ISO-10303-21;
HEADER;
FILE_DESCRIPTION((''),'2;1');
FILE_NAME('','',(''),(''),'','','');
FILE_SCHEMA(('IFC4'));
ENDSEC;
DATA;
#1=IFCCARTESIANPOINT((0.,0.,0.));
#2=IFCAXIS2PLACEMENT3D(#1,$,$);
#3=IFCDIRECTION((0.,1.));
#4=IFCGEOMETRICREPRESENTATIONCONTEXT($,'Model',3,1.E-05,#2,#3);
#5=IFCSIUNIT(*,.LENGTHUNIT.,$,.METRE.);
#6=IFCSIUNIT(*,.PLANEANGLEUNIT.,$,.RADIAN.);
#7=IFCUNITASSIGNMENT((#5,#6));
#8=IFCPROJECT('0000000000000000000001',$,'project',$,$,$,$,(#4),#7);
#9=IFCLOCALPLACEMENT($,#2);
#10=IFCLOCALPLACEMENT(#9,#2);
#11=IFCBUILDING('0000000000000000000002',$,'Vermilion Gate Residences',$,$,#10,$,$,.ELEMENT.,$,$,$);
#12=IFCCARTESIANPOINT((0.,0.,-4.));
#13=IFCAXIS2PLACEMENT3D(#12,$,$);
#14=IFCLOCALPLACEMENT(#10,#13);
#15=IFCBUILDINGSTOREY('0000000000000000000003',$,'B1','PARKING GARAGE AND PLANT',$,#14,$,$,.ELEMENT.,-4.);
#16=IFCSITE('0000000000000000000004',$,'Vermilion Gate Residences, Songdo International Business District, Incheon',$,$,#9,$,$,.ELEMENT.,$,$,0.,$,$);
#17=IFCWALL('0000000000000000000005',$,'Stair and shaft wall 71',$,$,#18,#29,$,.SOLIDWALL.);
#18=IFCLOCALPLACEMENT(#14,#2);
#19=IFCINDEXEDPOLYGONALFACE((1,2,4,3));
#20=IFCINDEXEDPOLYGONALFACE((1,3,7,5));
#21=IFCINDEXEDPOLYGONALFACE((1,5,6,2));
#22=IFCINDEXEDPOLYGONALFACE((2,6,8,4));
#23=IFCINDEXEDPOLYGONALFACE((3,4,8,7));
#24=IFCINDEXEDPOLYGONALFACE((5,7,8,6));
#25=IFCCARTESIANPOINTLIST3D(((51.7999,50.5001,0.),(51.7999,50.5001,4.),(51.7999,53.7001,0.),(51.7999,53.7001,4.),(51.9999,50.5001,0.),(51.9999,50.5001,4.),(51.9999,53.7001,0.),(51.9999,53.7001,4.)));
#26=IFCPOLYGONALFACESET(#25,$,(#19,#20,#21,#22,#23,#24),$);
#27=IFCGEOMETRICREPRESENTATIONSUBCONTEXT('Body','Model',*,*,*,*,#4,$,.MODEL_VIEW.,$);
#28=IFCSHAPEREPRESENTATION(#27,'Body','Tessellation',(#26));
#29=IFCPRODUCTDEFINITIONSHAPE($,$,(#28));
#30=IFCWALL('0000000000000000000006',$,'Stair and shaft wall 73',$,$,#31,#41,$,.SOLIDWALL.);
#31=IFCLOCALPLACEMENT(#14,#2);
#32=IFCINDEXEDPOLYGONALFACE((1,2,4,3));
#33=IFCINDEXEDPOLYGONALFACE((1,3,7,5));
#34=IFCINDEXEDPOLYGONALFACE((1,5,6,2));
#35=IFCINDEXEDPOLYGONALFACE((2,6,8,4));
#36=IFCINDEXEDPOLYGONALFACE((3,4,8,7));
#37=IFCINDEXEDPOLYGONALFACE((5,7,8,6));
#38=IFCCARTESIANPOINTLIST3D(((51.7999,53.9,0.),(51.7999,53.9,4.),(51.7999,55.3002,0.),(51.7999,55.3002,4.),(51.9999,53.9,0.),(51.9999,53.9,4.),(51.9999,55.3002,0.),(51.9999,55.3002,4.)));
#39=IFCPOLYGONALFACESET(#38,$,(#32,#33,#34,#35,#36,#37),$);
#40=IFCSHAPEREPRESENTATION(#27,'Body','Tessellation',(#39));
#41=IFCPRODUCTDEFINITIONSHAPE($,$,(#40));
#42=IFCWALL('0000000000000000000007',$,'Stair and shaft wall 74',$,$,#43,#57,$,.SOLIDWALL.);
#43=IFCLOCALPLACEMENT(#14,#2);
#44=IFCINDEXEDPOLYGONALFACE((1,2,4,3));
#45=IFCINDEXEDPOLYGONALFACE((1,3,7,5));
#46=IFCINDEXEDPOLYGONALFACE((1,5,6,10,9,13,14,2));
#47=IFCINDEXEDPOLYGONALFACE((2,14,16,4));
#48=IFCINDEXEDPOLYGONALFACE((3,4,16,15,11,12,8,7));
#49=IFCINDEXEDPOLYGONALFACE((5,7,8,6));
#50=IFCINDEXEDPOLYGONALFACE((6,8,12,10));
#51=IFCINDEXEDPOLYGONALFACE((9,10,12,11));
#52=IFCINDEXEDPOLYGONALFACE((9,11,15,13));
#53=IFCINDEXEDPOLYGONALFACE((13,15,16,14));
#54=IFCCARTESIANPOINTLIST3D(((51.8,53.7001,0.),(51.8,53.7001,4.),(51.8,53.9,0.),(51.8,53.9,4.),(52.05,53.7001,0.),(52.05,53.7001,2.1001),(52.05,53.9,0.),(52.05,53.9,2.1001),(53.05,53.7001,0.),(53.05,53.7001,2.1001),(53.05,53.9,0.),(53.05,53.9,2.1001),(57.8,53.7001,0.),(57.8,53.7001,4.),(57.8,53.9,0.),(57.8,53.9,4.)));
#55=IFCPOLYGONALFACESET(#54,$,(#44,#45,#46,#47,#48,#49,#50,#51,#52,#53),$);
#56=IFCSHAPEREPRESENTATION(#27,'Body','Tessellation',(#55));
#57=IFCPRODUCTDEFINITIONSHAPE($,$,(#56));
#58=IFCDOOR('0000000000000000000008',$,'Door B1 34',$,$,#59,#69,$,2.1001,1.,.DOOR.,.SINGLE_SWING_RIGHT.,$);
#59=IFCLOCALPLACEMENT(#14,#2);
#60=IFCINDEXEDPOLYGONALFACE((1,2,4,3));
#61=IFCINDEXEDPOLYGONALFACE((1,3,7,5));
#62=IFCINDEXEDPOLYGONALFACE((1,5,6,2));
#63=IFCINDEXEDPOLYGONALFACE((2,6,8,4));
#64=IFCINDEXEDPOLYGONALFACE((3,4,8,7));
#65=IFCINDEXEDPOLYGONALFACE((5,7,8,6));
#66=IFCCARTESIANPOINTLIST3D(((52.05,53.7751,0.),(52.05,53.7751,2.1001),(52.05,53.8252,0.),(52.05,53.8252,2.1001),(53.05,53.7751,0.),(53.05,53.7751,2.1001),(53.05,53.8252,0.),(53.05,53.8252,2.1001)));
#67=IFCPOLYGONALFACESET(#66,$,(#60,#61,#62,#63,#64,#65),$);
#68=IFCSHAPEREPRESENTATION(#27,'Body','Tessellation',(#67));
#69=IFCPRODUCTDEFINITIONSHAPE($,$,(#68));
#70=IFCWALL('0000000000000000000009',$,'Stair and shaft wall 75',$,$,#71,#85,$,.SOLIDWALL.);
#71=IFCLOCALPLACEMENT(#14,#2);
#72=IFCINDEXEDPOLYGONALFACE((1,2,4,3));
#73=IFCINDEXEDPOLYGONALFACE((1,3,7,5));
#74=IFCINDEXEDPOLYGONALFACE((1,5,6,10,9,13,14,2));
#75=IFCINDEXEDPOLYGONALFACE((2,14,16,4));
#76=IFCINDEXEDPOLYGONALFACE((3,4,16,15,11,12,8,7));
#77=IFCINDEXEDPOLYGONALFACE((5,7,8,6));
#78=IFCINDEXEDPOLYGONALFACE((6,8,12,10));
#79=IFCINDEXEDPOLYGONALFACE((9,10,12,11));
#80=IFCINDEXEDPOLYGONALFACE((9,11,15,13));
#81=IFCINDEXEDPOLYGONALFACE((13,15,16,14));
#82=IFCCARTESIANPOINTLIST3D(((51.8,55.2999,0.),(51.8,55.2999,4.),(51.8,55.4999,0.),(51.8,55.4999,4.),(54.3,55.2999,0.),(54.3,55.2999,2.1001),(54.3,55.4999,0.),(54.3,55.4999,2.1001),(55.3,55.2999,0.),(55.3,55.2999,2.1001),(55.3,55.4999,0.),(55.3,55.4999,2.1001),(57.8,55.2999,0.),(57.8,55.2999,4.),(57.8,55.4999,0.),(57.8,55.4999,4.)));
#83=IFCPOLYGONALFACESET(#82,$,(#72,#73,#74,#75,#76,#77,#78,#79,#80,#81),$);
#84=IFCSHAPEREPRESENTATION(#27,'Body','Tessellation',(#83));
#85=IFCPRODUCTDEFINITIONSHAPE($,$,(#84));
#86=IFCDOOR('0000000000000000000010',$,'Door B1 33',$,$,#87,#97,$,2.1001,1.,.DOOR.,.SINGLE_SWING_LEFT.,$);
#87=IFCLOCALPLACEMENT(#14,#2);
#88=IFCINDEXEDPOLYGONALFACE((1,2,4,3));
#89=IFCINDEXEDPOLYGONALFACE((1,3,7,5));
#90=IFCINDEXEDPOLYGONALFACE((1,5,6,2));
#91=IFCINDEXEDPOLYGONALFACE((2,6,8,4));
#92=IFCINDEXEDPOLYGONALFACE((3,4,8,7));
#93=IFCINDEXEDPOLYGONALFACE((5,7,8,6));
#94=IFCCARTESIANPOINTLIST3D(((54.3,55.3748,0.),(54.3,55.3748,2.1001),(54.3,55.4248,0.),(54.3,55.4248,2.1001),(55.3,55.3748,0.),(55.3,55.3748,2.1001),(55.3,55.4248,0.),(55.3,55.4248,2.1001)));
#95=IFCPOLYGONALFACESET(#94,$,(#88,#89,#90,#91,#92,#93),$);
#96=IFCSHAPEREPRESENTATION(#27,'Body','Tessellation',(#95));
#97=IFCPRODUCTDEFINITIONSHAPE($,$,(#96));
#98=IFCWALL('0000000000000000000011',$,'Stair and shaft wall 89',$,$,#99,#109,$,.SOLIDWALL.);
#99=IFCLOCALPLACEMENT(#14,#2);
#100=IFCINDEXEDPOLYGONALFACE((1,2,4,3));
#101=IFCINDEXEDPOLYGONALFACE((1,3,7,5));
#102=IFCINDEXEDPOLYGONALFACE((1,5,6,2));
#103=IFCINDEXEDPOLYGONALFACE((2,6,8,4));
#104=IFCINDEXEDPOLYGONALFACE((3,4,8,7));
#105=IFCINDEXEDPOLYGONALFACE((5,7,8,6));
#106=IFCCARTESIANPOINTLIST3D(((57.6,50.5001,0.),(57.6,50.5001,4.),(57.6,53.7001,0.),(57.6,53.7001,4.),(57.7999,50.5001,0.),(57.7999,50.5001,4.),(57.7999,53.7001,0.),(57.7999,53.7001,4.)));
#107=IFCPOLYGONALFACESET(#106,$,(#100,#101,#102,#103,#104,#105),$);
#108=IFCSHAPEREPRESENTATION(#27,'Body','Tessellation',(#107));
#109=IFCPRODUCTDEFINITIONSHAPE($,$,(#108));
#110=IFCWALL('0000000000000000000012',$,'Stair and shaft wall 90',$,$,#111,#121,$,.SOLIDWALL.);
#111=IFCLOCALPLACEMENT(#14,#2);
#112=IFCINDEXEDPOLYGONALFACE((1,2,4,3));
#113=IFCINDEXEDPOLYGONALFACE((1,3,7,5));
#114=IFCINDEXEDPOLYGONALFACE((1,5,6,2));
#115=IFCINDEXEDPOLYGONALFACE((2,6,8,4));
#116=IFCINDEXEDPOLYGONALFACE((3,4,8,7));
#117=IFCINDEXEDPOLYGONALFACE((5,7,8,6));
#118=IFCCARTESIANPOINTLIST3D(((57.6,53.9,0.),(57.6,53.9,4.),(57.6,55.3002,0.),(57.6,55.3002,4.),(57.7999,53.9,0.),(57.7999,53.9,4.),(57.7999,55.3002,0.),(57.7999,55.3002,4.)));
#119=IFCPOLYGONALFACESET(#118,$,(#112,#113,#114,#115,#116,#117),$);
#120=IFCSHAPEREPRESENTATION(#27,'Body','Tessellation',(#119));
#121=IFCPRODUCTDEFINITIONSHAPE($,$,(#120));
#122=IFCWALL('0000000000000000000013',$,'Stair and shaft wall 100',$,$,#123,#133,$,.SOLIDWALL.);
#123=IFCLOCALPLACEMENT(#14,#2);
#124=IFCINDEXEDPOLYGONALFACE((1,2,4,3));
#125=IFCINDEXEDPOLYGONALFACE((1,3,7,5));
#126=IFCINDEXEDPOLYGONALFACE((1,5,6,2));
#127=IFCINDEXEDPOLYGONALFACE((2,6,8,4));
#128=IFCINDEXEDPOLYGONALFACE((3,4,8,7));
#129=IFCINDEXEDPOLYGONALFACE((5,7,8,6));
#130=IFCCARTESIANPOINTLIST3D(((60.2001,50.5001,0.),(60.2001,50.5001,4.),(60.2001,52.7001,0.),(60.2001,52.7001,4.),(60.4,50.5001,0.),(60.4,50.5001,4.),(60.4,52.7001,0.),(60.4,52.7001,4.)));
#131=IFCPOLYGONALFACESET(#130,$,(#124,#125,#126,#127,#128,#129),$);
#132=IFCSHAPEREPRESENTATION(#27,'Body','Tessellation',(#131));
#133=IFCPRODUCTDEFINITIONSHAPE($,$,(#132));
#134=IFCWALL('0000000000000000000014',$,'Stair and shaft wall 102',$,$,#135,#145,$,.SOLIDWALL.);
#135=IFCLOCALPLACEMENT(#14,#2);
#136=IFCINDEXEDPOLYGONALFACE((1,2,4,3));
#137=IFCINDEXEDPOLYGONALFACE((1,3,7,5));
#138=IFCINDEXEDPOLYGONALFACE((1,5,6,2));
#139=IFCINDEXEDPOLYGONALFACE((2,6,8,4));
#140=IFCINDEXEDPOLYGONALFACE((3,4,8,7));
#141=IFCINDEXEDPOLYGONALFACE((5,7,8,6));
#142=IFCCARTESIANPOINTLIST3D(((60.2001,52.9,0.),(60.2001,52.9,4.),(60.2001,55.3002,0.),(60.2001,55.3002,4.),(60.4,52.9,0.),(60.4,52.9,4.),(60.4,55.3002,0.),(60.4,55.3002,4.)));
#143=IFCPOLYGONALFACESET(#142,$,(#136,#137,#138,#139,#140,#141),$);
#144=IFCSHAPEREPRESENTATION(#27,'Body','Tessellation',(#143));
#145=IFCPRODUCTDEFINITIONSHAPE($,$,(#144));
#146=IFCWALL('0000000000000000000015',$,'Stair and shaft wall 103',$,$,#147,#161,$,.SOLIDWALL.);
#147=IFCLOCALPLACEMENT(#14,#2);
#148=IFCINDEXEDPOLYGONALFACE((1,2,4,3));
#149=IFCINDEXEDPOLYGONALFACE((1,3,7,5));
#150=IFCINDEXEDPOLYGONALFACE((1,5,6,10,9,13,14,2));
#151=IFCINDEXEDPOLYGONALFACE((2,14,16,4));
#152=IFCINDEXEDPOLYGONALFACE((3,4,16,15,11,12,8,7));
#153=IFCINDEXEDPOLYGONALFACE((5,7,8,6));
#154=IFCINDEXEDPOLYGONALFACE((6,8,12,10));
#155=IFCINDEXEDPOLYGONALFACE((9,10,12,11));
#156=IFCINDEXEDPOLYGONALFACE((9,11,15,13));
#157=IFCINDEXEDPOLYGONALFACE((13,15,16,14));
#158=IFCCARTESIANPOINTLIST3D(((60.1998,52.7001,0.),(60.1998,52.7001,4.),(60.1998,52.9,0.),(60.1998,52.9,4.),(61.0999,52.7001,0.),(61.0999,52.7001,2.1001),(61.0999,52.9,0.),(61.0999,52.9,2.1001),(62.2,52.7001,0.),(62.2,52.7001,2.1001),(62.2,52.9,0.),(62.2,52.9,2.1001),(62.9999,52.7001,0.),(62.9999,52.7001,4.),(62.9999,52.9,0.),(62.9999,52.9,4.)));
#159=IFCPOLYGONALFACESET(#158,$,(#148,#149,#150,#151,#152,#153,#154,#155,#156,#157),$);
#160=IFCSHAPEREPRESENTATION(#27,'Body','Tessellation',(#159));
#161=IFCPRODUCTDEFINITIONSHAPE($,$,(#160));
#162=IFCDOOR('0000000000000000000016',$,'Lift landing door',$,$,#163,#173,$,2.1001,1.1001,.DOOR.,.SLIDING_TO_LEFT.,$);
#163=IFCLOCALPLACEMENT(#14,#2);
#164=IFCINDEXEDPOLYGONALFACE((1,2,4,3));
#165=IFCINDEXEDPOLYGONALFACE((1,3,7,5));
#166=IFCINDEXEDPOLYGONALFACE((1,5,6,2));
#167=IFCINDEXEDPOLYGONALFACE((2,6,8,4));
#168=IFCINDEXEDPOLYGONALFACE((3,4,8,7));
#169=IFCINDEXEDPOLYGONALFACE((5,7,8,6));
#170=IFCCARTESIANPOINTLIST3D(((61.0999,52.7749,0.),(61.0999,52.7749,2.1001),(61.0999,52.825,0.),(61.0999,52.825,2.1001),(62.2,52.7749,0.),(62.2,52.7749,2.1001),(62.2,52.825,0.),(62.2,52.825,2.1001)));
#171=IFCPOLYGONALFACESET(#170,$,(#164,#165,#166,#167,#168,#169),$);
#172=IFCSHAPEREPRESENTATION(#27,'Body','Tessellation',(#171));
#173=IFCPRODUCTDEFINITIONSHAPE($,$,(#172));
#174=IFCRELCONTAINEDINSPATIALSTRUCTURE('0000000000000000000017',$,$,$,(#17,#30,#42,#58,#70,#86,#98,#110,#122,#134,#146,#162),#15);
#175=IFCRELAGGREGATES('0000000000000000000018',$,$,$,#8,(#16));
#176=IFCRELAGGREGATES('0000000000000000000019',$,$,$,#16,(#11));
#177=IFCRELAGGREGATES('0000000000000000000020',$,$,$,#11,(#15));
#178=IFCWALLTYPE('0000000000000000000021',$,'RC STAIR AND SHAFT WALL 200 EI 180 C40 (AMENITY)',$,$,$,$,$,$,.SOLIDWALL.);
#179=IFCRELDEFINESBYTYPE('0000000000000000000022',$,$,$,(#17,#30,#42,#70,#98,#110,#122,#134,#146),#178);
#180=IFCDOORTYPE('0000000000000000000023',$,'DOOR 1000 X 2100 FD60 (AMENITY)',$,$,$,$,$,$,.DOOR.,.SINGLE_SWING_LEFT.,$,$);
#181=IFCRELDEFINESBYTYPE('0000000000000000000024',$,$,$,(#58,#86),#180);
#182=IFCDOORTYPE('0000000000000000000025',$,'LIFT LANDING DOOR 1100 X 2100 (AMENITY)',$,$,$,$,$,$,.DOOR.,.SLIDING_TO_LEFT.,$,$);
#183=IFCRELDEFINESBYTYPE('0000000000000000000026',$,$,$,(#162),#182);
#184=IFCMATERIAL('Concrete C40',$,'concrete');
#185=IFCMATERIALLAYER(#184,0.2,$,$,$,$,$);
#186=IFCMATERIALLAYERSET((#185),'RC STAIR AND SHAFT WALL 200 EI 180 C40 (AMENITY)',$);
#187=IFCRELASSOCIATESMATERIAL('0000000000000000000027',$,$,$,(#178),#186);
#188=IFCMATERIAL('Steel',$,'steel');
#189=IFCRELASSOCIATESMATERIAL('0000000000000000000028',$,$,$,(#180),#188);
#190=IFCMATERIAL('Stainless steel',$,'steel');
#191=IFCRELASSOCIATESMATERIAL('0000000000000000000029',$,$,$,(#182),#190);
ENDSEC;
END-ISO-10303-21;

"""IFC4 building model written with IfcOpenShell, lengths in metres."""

from ifc_helpers import new_model, si_unit, direction, frame, frame_2d, origin, place, context, subcontext, project, spatial, rectangle, extrude, material, layer, layer_set, type_object, element, fill, save


model = new_model("IFC4")

# Units and contexts
model_context = context("Model", 3, precision=1e-05, world=origin(), true_north=direction((0.0, 1.0)))
body_context = subcontext(model_context, "Body", "Model", "MODEL_VIEW")
ifc_project = project(units=[si_unit("LENGTHUNIT", "METRE"), si_unit("PLANEANGLEUNIT", "RADIAN")], contexts=[model_context])

# Site, building, storey
site_placement = place(None, origin())
site = spatial("IfcSite", under=ifc_project, at=site_placement, Name="Vermilion Gate Residences, Songdo International Business District, Incheon", CompositionType="ELEMENT", RefElevation=0.0)
building_placement = place(site_placement, origin())
building = spatial("IfcBuilding", under=site, at=building_placement, Name="Vermilion Gate Residences", CompositionType="ELEMENT")
storey_placement = place(building_placement, frame((0.0, 0.0, -4.0)))
storey = spatial("IfcBuildingStorey", under=building, at=storey_placement, Name="B1", Description="PARKING GARAGE AND PLANT", CompositionType="ELEMENT", Elevation=-4.0)

# Walls
ifc_material_1 = material(Name="Concrete C40", Category="concrete")
ifc_layer = layer(ifc_material_1, 0.2)
ifc_layer_set = layer_set([ifc_layer], Name="RC STAIR AND SHAFT WALL 200 EI 180 C40 (AMENITY)")
wall_type = type_object("IfcWallType", Name="RC STAIR AND SHAFT WALL 200 EI 180 C40 (AMENITY)", PredefinedType="SOLIDWALL", material=ifc_layer_set)
wall_1_placement = place(storey_placement, frame((51.8999, 50.5, 0.0), z_axis=(0.0, 0.0, 1.0), x_axis=(0.0, 1.0, 0.0)))
element("IfcWall", 1, at=wall_1_placement, inside=storey, type_object=wall_type, Name="Stair and shaft wall 71", PredefinedType="SOLIDWALL", context=body_context, shape_type="SweptSolid", body=[
    extrude(rectangle(XDim=3.2, YDim=0.2, at=frame_2d((1.6001, 0.0))), origin(), (0.0, 0.0, 1.0), 4.0),
])
wall_2_placement = place(storey_placement, frame((51.8999, 53.8999, 0.0), z_axis=(0.0, 0.0, 1.0), x_axis=(0.0, 1.0, 0.0)))
element("IfcWall", 2, at=wall_2_placement, inside=storey, type_object=wall_type, Name="Stair and shaft wall 73", PredefinedType="SOLIDWALL", context=body_context, shape_type="SweptSolid", body=[
    extrude(rectangle(XDim=1.4001, YDim=0.2, at=frame_2d((0.7002, 0.0))), origin(), (0.0, 0.0, 1.0), 4.0),
])

# Walls, openings, doors
wall_3_placement = place(storey_placement, frame((51.8, 53.8, 0.0), z_axis=(0.0, 0.0, 1.0), x_axis=(1.0, 0.0, 0.0)))
wall_3 = element("IfcWall", 3, at=wall_3_placement, inside=storey, type_object=wall_type, Name="Stair and shaft wall 74", PredefinedType="SOLIDWALL", context=body_context, shape_type="SweptSolid", body=[
    extrude(rectangle(XDim=6.0, YDim=0.2, at=frame_2d((3.0, 0.0))), origin(), (0.0, 0.0, 1.0), 4.0),
])
opening_1_placement = place(wall_3_placement, frame((0.25, 0.0, 0.0)))
opening_1 = element("IfcOpeningElement", 4, at=opening_1_placement, cuts=wall_3, PredefinedType="OPENING", context=body_context, shape_type="SweptSolid", body=[
    extrude(rectangle(XDim=1.0, YDim=2.1001, at=frame_2d((0.5, 1.05))), frame((0.0, 0.1099, 0.0), z_axis=(0.0, -1.0, 0.0), x_axis=(1.0, 0.0, 0.0)), (0.0, 0.0, 1.0), 0.22),
])
ifc_material_2 = material(Name="Steel", Category="steel")
door_type_1 = type_object("IfcDoorType", Name="DOOR 1000 X 2100 FD60 (AMENITY)", OperationType="SINGLE_SWING_LEFT", PredefinedType="DOOR", material=ifc_material_2)
door_1_placement = place(opening_1_placement, frame((1.0, 0.0, 0.0), z_axis=(0.0, 0.0, 1.0), x_axis=(-1.0, 0.0, 0.0)))
door_1 = element("IfcDoor", 5, at=door_1_placement, inside=storey, type_object=door_type_1, Name="Door B1 34", OperationType="SINGLE_SWING_RIGHT", OverallHeight=2.1001, OverallWidth=1.0, PredefinedType="DOOR", context=body_context, shape_type="SweptSolid", body=[
    extrude(rectangle(XDim=1.0, YDim=2.1001, at=frame_2d((0.5, 1.05))), frame((0.0, 0.0249, 0.0), z_axis=(0.0, -1.0, 0.0), x_axis=(1.0, 0.0, 0.0)), (0.0, 0.0, 1.0), 0.05),
])
fill(opening_1, door_1)
wall_4_placement = place(storey_placement, frame((51.8, 55.3999, 0.0), z_axis=(0.0, 0.0, 1.0), x_axis=(1.0, 0.0, 0.0)))
wall_4 = element("IfcWall", 6, at=wall_4_placement, inside=storey, type_object=wall_type, Name="Stair and shaft wall 75", PredefinedType="SOLIDWALL", context=body_context, shape_type="SweptSolid", body=[
    extrude(rectangle(XDim=6.0, YDim=0.2, at=frame_2d((3.0, 0.0))), origin(), (0.0, 0.0, 1.0), 4.0),
])
opening_2_placement = place(wall_4_placement, frame((2.5, 0.0, 0.0)))
opening_2 = element("IfcOpeningElement", 7, at=opening_2_placement, cuts=wall_4, PredefinedType="OPENING", context=body_context, shape_type="SweptSolid", body=[
    extrude(rectangle(XDim=1.0, YDim=2.1001, at=frame_2d((0.5, 1.05))), frame((0.0, 0.1099, 0.0), z_axis=(0.0, -1.0, 0.0), x_axis=(1.0, 0.0, 0.0)), (0.0, 0.0, 1.0), 0.22),
])
door_2_placement = place(opening_2_placement, origin())
door_2 = element("IfcDoor", 8, at=door_2_placement, inside=storey, type_object=door_type_1, Name="Door B1 33", OperationType="SINGLE_SWING_LEFT", OverallHeight=2.1001, OverallWidth=1.0, PredefinedType="DOOR", context=body_context, shape_type="SweptSolid", body=[
    extrude(rectangle(XDim=1.0, YDim=2.1001, at=frame_2d((0.5, 1.05))), frame((0.0, 0.0249, 0.0), z_axis=(0.0, -1.0, 0.0), x_axis=(1.0, 0.0, 0.0)), (0.0, 0.0, 1.0), 0.05),
])
fill(opening_2, door_2)

# Walls
wall_5_placement = place(storey_placement, frame((57.7, 50.5, 0.0), z_axis=(0.0, 0.0, 1.0), x_axis=(0.0, 1.0, 0.0)))
element("IfcWall", 9, at=wall_5_placement, inside=storey, type_object=wall_type, Name="Stair and shaft wall 89", PredefinedType="SOLIDWALL", context=body_context, shape_type="SweptSolid", body=[
    extrude(rectangle(XDim=3.2, YDim=0.2, at=frame_2d((1.6001, 0.0))), origin(), (0.0, 0.0, 1.0), 4.0),
])
wall_6_placement = place(storey_placement, frame((57.7, 53.8999, 0.0), z_axis=(0.0, 0.0, 1.0), x_axis=(0.0, 1.0, 0.0)))
element("IfcWall", 10, at=wall_6_placement, inside=storey, type_object=wall_type, Name="Stair and shaft wall 90", PredefinedType="SOLIDWALL", context=body_context, shape_type="SweptSolid", body=[
    extrude(rectangle(XDim=1.4001, YDim=0.2, at=frame_2d((0.7002, 0.0))), origin(), (0.0, 0.0, 1.0), 4.0),
])
wall_7_placement = place(storey_placement, frame((60.3, 50.5, 0.0), z_axis=(0.0, 0.0, 1.0), x_axis=(0.0, 1.0, 0.0)))
element("IfcWall", 11, at=wall_7_placement, inside=storey, type_object=wall_type, Name="Stair and shaft wall 100", PredefinedType="SOLIDWALL", context=body_context, shape_type="SweptSolid", body=[
    extrude(rectangle(XDim=2.2, YDim=0.2, at=frame_2d((1.1001, 0.0))), origin(), (0.0, 0.0, 1.0), 4.0),
])
wall_8_placement = place(storey_placement, frame((60.3, 52.8999, 0.0), z_axis=(0.0, 0.0, 1.0), x_axis=(0.0, 1.0, 0.0)))
element("IfcWall", 12, at=wall_8_placement, inside=storey, type_object=wall_type, Name="Stair and shaft wall 102", PredefinedType="SOLIDWALL", context=body_context, shape_type="SweptSolid", body=[
    extrude(rectangle(XDim=2.4001, YDim=0.2, at=frame_2d((1.2002, 0.0))), origin(), (0.0, 0.0, 1.0), 4.0),
])

# Wall, opening, door
wall_9_placement = place(storey_placement, frame((60.2, 52.8, 0.0), z_axis=(0.0, 0.0, 1.0), x_axis=(1.0, 0.0, 0.0)))
wall_9 = element("IfcWall", 13, at=wall_9_placement, inside=storey, type_object=wall_type, Name="Stair and shaft wall 103", PredefinedType="SOLIDWALL", context=body_context, shape_type="SweptSolid", body=[
    extrude(rectangle(XDim=2.8, YDim=0.2, at=frame_2d((1.3999, 0.0))), origin(), (0.0, 0.0, 1.0), 4.0),
])
opening_3_placement = place(wall_9_placement, frame((0.8999, 0.0, 0.0)))
opening_3 = element("IfcOpeningElement", 14, at=opening_3_placement, cuts=wall_9, PredefinedType="OPENING", context=body_context, shape_type="SweptSolid", body=[
    extrude(rectangle(XDim=1.1001, YDim=2.1001, at=frame_2d((0.55, 1.05))), frame((0.0, 0.1099, 0.0), z_axis=(0.0, -1.0, 0.0), x_axis=(1.0, 0.0, 0.0)), (0.0, 0.0, 1.0), 0.22),
])
ifc_material_3 = material(Name="Stainless steel", Category="steel")
door_type_2 = type_object("IfcDoorType", Name="LIFT LANDING DOOR 1100 X 2100 (AMENITY)", OperationType="SLIDING_TO_LEFT", PredefinedType="DOOR", material=ifc_material_3)
door_3_placement = place(opening_3_placement, origin())
door_3 = element("IfcDoor", 15, at=door_3_placement, inside=storey, type_object=door_type_2, Name="Lift landing door", OperationType="SLIDING_TO_LEFT", OverallHeight=2.1001, OverallWidth=1.1001, PredefinedType="DOOR", context=body_context, shape_type="SweptSolid", body=[
    extrude(rectangle(XDim=1.1001, YDim=2.1001, at=frame_2d((0.55, 1.05))), frame((0.0, 0.0249, 0.0), z_axis=(0.0, -1.0, 0.0), x_axis=(1.0, 0.0, 0.0)), (0.0, 0.0, 1.0), 0.05),
])
fill(opening_3, door_3)

save(model, "model.ifc")
